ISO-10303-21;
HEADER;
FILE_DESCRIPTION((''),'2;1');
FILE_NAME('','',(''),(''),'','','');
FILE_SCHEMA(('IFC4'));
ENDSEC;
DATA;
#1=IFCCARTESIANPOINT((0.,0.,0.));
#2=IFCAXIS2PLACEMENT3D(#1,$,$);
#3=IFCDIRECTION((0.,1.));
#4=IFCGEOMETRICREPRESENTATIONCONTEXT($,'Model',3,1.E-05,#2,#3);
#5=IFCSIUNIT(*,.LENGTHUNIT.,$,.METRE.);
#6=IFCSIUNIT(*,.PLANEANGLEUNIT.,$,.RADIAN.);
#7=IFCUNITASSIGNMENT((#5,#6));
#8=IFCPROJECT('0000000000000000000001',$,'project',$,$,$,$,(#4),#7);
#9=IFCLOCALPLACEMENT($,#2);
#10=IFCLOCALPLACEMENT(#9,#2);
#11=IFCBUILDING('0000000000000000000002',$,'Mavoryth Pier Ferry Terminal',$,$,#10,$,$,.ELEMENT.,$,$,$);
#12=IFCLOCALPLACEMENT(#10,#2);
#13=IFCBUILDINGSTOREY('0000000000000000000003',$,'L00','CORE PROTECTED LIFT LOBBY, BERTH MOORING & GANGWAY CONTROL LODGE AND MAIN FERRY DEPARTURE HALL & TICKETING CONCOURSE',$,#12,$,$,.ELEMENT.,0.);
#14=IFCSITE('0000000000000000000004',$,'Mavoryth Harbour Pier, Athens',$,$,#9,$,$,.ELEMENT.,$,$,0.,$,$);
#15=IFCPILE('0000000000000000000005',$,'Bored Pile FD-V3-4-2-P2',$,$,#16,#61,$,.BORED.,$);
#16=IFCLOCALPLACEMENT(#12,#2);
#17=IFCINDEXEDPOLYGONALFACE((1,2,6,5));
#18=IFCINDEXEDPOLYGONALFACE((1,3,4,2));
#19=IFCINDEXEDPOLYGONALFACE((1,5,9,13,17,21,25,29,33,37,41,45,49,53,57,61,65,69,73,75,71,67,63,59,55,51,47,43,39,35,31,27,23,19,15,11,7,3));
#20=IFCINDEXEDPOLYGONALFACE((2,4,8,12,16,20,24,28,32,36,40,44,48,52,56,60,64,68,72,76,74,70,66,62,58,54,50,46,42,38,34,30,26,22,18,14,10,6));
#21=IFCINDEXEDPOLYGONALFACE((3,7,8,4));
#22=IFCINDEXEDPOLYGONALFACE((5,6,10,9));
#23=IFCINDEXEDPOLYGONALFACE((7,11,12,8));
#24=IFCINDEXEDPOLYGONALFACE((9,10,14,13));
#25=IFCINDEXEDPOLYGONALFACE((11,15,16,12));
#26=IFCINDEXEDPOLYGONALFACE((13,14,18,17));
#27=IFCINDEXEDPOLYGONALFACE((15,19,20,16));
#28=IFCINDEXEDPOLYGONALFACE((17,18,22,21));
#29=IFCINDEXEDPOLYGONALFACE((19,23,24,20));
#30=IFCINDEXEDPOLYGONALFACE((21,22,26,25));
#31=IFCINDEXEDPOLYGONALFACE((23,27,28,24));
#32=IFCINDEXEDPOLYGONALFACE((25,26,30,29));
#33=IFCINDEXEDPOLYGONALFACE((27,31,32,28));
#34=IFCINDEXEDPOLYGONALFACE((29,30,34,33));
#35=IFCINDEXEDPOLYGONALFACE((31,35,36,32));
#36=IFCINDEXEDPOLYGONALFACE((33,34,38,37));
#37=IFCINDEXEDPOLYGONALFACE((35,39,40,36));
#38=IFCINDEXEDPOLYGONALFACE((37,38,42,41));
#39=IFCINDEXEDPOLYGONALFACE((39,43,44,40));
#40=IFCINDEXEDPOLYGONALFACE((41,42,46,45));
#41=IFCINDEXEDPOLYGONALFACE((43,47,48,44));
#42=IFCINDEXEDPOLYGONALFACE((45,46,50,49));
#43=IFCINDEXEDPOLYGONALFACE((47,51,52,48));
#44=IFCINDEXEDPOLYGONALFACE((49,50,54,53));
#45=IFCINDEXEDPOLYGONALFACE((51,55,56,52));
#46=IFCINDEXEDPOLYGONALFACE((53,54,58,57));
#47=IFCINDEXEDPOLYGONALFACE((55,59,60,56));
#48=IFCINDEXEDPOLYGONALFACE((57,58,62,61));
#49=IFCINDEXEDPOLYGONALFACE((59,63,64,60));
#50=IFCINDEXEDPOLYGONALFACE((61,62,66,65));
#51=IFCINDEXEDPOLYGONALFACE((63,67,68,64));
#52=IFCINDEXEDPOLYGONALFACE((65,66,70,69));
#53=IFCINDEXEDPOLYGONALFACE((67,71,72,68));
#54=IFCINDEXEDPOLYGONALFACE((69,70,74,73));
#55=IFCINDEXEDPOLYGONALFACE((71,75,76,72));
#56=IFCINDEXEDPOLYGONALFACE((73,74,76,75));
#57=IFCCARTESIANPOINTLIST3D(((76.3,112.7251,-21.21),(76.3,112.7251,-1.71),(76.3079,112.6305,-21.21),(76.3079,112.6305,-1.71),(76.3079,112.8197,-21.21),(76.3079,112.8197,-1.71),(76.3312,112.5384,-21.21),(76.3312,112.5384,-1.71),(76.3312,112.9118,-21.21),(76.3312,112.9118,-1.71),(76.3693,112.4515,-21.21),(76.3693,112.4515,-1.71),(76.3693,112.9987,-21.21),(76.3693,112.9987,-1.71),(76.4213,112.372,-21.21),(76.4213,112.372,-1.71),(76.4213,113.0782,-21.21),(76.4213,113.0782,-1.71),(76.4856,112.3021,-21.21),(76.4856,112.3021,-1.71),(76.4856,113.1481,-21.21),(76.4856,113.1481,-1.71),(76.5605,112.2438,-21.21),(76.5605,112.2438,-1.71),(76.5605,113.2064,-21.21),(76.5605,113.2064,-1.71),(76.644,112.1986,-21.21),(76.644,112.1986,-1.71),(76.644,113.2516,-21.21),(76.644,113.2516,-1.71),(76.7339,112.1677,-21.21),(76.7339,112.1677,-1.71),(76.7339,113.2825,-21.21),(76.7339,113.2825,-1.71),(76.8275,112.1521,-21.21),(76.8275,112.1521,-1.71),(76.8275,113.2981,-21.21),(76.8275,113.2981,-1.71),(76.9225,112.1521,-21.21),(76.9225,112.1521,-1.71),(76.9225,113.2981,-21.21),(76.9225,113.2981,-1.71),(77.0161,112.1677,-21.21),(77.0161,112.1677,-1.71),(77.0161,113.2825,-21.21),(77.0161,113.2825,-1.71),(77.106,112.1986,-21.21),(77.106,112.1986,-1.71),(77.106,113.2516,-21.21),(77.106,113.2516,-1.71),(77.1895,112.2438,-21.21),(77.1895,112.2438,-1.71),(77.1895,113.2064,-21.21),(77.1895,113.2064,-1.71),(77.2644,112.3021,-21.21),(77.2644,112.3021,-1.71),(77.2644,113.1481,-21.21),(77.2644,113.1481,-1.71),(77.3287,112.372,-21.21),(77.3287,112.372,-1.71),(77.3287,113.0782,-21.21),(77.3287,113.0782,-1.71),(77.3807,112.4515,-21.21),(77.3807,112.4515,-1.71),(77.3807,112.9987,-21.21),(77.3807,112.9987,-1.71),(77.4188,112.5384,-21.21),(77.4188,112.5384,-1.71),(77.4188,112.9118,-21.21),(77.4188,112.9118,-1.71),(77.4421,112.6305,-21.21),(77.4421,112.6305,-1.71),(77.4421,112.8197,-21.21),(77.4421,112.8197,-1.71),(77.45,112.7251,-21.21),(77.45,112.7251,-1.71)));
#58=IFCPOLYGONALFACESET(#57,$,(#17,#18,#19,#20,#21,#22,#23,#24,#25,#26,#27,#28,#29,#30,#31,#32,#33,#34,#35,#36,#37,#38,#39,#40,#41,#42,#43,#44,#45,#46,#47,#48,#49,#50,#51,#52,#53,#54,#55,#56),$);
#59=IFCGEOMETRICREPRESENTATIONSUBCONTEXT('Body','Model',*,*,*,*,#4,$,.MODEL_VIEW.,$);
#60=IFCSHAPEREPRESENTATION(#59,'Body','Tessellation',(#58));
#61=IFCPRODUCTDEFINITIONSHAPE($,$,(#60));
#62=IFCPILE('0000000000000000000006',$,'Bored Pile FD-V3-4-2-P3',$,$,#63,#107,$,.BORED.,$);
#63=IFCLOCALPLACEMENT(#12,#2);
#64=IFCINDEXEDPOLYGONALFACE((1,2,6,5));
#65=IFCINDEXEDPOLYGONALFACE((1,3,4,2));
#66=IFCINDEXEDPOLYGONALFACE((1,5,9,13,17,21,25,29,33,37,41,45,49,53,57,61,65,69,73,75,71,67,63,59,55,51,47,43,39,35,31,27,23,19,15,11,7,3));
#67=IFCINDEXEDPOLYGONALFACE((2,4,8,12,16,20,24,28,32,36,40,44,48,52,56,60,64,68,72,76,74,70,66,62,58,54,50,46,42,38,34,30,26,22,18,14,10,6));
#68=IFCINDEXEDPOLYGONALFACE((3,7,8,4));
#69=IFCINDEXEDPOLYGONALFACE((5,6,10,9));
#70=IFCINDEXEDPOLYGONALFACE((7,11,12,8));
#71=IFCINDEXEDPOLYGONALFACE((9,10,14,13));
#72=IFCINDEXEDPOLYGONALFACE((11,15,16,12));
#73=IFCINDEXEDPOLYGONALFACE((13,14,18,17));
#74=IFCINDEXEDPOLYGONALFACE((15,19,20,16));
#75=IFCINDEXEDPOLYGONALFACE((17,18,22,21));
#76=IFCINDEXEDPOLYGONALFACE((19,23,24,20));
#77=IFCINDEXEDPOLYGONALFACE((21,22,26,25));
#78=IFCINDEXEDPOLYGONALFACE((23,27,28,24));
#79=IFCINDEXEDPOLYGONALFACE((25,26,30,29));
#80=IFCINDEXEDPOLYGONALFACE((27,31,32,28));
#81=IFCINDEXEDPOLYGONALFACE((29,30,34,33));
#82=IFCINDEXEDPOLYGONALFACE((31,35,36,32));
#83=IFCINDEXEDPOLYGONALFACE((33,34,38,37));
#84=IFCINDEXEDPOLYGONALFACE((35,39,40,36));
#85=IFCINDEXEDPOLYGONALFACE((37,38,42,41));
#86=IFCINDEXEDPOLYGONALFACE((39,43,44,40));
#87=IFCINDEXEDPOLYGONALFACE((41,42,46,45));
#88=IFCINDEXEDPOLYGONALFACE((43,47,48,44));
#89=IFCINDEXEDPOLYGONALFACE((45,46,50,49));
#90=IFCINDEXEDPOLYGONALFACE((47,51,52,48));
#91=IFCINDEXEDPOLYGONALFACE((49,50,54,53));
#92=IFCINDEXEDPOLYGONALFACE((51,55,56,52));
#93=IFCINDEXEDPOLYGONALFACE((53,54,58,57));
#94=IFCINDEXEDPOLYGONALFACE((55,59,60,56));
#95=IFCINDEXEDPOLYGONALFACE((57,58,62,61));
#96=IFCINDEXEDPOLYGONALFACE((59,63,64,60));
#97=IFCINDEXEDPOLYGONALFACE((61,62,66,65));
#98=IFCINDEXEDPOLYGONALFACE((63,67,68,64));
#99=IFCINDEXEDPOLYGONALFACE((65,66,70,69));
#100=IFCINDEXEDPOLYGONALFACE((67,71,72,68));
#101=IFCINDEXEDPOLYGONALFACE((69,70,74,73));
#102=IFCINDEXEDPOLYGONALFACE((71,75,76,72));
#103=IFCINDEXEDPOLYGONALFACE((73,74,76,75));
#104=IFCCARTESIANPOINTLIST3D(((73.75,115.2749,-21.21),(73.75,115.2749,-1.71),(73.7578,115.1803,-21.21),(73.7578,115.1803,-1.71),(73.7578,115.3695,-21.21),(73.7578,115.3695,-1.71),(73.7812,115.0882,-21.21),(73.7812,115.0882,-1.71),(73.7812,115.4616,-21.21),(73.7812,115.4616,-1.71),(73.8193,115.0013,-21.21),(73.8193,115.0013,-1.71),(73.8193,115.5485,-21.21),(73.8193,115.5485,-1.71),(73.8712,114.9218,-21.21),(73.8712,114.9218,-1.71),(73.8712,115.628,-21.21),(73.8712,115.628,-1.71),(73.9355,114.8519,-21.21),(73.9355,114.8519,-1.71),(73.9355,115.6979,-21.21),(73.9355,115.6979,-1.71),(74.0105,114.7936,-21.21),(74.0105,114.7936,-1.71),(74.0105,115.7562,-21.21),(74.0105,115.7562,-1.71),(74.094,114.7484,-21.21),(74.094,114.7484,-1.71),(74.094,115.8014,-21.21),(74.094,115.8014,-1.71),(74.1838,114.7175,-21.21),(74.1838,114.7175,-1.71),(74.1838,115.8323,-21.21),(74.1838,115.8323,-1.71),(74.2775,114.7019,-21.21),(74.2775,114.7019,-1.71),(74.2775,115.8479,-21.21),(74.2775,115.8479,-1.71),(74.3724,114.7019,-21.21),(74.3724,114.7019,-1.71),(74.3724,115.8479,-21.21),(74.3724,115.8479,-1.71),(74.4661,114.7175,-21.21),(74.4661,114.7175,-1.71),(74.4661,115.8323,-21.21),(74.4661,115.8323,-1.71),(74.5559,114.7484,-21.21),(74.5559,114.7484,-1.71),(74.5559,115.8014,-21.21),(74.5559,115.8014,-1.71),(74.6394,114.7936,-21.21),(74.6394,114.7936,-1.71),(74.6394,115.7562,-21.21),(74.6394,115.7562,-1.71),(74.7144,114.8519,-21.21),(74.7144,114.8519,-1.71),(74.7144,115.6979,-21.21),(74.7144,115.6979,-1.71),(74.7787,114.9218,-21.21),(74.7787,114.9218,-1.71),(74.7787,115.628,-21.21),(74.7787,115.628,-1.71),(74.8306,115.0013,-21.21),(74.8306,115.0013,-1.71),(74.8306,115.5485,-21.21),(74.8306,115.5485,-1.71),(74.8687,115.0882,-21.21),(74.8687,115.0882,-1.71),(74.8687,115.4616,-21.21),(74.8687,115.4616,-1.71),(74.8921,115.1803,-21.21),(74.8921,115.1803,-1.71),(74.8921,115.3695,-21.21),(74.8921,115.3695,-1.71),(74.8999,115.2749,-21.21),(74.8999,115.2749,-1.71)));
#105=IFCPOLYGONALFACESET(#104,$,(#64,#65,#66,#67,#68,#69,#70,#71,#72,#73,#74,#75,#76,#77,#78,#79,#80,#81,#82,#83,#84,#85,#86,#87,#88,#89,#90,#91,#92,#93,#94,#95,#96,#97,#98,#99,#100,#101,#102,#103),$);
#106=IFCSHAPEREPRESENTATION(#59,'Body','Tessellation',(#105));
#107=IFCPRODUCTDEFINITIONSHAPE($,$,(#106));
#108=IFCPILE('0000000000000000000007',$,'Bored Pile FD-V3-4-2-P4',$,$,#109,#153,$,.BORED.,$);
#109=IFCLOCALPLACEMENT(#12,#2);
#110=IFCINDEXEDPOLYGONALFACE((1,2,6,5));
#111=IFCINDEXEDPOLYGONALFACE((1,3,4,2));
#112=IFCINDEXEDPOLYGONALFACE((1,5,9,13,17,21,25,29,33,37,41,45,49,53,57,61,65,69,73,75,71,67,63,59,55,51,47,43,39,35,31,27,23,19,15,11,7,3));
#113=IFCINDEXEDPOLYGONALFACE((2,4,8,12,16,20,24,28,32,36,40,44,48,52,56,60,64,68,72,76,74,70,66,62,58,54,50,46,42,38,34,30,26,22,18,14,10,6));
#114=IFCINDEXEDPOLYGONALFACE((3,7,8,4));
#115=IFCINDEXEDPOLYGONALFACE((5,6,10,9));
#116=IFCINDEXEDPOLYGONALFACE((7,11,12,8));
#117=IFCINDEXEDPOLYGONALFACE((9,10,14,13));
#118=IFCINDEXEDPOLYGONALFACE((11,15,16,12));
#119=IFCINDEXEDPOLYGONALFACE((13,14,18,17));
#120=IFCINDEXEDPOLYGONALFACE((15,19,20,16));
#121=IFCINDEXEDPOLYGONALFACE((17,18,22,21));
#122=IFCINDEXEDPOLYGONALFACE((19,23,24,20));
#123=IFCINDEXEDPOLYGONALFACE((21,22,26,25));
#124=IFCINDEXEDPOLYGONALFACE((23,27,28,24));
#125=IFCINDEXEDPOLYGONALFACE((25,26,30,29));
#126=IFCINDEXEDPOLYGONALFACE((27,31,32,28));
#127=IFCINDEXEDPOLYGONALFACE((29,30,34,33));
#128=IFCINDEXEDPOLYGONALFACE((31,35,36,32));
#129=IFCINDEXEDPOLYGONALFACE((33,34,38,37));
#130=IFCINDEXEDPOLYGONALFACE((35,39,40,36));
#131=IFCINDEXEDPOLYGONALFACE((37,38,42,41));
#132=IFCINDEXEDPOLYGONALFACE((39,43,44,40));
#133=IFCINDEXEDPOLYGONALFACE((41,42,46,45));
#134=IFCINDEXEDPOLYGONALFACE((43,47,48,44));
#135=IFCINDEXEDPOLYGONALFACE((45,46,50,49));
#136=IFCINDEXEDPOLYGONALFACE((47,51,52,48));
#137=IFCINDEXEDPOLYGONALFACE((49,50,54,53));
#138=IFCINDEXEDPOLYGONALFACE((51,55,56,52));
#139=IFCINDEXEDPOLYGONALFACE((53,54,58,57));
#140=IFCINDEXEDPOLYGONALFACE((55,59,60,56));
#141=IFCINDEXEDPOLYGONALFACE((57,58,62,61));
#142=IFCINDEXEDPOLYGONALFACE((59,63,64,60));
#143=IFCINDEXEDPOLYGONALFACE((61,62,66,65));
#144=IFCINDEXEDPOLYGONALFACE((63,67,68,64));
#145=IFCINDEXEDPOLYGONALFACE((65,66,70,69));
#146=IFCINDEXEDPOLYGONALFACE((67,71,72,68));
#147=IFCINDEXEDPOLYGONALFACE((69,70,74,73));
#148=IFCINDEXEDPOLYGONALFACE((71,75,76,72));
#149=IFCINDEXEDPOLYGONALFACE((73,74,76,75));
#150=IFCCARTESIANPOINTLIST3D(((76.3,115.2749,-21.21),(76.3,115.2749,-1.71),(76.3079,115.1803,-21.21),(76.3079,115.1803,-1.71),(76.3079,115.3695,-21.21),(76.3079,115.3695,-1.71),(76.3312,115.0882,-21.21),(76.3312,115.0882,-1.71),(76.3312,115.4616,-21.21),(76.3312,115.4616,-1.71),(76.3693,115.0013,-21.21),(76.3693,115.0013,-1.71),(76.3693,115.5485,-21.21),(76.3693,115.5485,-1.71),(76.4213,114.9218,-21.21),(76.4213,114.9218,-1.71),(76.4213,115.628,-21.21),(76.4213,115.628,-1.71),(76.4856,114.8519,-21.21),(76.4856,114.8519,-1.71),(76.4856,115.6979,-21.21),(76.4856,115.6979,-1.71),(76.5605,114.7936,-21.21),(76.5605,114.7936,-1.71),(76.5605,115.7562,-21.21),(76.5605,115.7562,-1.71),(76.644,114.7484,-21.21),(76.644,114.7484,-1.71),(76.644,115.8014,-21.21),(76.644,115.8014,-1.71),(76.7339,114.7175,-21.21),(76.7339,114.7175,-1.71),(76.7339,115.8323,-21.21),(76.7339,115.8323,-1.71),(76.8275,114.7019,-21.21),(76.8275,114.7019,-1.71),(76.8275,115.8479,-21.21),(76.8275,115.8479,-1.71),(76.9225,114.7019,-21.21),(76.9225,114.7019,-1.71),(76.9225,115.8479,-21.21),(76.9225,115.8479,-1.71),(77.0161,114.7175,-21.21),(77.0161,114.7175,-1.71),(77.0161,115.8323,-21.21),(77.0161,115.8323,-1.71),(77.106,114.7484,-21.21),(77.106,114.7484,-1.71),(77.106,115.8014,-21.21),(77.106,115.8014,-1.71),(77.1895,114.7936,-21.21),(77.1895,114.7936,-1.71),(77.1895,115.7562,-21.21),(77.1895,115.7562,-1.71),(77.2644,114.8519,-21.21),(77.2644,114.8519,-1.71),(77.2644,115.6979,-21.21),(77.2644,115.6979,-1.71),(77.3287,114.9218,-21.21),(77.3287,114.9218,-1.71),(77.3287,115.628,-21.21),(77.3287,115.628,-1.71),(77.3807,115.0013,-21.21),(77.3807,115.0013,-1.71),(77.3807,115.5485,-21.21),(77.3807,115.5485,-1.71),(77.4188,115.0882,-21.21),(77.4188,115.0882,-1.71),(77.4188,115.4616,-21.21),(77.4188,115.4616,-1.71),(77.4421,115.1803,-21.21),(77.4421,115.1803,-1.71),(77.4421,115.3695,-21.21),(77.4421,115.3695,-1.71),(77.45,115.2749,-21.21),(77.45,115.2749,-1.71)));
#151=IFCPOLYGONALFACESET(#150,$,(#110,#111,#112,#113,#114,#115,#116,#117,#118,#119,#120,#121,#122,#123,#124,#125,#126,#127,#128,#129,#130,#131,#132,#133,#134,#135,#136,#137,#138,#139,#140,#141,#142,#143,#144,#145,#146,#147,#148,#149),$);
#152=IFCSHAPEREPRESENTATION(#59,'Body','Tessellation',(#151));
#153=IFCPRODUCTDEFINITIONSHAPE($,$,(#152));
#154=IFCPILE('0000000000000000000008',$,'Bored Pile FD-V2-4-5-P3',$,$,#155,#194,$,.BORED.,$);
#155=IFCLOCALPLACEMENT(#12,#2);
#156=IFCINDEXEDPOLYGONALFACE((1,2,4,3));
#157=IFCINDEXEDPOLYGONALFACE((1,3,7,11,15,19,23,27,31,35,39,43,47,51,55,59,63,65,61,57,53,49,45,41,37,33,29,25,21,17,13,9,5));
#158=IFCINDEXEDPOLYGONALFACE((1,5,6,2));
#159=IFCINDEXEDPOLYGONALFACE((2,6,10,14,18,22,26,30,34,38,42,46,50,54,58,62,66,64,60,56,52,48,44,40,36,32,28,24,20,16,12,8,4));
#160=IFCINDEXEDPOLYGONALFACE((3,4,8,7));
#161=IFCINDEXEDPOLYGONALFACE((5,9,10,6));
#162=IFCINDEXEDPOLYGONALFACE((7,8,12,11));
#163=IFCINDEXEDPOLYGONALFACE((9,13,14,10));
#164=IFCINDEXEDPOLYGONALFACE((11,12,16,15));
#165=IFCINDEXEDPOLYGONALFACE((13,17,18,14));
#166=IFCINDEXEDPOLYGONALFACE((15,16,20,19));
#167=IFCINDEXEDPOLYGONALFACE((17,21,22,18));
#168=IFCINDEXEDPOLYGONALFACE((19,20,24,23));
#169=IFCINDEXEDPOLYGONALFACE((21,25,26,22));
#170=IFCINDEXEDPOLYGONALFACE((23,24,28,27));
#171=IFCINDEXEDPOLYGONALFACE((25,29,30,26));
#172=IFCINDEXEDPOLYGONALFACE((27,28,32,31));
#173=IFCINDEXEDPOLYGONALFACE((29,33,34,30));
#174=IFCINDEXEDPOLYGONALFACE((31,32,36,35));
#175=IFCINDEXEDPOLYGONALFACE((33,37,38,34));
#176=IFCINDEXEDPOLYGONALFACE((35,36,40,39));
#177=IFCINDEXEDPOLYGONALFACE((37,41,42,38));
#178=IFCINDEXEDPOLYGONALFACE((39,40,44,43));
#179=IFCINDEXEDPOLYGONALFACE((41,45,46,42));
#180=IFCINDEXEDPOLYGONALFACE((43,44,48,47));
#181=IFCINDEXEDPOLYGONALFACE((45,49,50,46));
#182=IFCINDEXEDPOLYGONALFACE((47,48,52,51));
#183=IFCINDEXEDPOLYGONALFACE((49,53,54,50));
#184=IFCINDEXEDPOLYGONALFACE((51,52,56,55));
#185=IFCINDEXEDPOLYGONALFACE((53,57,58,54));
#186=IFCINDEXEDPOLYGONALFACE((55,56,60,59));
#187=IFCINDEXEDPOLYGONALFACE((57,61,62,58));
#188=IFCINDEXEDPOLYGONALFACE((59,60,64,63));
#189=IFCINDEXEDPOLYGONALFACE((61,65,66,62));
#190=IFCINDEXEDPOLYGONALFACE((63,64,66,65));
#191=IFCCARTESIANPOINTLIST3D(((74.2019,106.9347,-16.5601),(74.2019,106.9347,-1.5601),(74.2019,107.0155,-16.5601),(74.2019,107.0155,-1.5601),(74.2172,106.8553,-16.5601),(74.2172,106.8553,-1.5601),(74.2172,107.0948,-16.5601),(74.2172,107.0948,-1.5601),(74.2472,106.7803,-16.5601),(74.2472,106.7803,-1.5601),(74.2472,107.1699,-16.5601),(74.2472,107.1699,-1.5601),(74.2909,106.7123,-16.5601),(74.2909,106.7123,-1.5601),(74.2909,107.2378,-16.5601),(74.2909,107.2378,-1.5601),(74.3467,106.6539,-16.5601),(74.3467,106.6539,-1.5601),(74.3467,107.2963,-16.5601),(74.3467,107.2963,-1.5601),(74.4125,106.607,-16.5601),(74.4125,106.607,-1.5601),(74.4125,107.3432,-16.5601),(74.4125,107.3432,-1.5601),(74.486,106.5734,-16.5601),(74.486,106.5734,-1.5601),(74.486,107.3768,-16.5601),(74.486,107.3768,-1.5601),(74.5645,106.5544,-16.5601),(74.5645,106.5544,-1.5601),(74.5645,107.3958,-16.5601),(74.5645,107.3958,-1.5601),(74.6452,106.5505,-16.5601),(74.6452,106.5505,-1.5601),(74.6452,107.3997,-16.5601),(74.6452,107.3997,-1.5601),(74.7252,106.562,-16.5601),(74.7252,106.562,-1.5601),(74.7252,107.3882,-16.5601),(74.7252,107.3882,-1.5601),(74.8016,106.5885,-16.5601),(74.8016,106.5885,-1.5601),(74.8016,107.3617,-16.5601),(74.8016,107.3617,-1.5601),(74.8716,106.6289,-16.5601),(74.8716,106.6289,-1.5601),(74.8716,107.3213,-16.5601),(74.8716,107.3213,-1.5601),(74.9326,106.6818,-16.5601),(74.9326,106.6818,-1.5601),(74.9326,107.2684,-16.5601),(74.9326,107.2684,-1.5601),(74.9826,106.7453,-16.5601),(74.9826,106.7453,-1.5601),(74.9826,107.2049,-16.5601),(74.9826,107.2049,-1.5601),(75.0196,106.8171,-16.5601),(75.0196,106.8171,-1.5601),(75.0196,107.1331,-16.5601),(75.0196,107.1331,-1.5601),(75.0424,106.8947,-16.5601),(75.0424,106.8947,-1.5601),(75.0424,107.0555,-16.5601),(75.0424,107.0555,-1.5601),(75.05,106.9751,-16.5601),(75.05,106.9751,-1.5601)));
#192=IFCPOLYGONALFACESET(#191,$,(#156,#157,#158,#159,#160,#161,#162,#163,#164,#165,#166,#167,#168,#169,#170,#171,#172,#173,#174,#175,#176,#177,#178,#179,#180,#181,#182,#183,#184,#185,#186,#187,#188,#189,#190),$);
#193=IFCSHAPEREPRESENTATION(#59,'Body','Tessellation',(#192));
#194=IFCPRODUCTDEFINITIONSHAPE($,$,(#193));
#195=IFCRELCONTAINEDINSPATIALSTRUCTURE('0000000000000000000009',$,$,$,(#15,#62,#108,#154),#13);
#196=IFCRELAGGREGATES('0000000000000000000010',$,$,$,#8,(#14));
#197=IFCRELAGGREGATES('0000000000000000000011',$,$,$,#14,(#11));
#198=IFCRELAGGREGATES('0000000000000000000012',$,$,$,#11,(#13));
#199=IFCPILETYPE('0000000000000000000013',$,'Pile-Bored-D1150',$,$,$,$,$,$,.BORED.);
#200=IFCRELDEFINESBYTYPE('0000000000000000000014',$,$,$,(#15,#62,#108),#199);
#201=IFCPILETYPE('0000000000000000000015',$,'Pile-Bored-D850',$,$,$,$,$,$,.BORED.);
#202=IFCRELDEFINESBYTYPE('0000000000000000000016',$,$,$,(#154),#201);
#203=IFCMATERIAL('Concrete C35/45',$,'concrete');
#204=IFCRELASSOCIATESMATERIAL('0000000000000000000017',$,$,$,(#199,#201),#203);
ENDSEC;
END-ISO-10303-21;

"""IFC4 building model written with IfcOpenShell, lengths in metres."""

from ifc_helpers import new_model, si_unit, direction, frame, origin, origin_2d, place, context, subcontext, project, spatial, circle, extrude, material, material_profile, profile_set, type_object, element, save


model = new_model("IFC4")

# Units and contexts
model_context = context("Model", 3, precision=1e-05, world=origin(), true_north=direction((0.0, 1.0)))
body_context = subcontext(model_context, "Body", "Model", "MODEL_VIEW")
ifc_project = project(units=[si_unit("LENGTHUNIT", "METRE"), si_unit("PLANEANGLEUNIT", "RADIAN")], contexts=[model_context])

# Site, building, storey
site_placement = place(None, origin())
site = spatial("IfcSite", under=ifc_project, at=site_placement, Name="Mavoryth Harbour Pier, Athens", CompositionType="ELEMENT", RefElevation=0.0)
building_placement = place(site_placement, origin())
building = spatial("IfcBuilding", under=site, at=building_placement, Name="Mavoryth Pier Ferry Terminal", CompositionType="ELEMENT")
storey_placement = place(building_placement, origin())
storey = spatial("IfcBuildingStorey", under=building, at=storey_placement, Name="L00", Description="CORE PROTECTED LIFT LOBBY, BERTH MOORING & GANGWAY CONTROL LODGE AND MAIN FERRY DEPARTURE HALL & TICKETING CONCOURSE", CompositionType="ELEMENT", Elevation=0.0)

# Shared definitions
ifc_material_1 = material(Name="Concrete C35/45", Category="concrete")

# Piles
ifc_material_profile_1 = material_profile(ifc_material_1, circle(Radius=0.575, at=origin_2d()), Name="PILE D1150", Category="concrete")
ifc_profile_set_1 = profile_set([ifc_material_profile_1], Name="Concrete C35/45 - PILE D1150")
pile_type_1 = type_object("IfcPileType", Name="Pile-Bored-D1150", PredefinedType="BORED", material=ifc_profile_set_1)
for number, where, z_axis, x_axis, name in (
    (1, (76.875, 112.7251, -1.71), (0.0, 0.0, -1.0), (1.0, 0.0, 0.0), "Bored Pile FD-V3-4-2-P2"),
    (2, (74.325, 115.2749, -1.71), (0.0, 0.0, -1.0), (1.0, 0.0, 0.0), "Bored Pile FD-V3-4-2-P3"),
    (3, (76.875, 115.2749, -1.71), (0.0, 0.0, -1.0), (1.0, 0.0, 0.0), "Bored Pile FD-V3-4-2-P4"),
):
    element("IfcPile", number, at=place(storey_placement, frame(where, z_axis=z_axis, x_axis=x_axis)), inside=storey, type_object=pile_type_1, Name=name, PredefinedType="BORED", context=body_context, shape_type="SweptSolid", body=[
        extrude(circle(Radius=0.575, at=origin_2d()), origin(), (0.0, 0.0, 1.0), 19.5),
    ])
ifc_material_profile_2 = material_profile(ifc_material_1, circle(Radius=0.425, at=origin_2d()), Name="PILE D850", Category="concrete")
ifc_profile_set_2 = profile_set([ifc_material_profile_2], Name="Concrete C35/45 - PILE D850")
pile_type_2 = type_object("IfcPileType", Name="Pile-Bored-D850", PredefinedType="BORED", material=ifc_profile_set_2)
for number, where, z_axis, x_axis, name in (
    (4, (74.625, 106.9751, -1.5601), (0.0, 0.0, -1.0), (1.0, 0.0, 0.0), "Bored Pile FD-V2-4-5-P3"),
):
    element("IfcPile", number, at=place(storey_placement, frame(where, z_axis=z_axis, x_axis=x_axis)), inside=storey, type_object=pile_type_2, Name=name, PredefinedType="BORED", context=body_context, shape_type="SweptSolid", body=[
        extrude(circle(Radius=0.425, at=origin_2d()), origin(), (0.0, 0.0, 1.0), 15.0),
    ])

save(model, "model.ifc")
